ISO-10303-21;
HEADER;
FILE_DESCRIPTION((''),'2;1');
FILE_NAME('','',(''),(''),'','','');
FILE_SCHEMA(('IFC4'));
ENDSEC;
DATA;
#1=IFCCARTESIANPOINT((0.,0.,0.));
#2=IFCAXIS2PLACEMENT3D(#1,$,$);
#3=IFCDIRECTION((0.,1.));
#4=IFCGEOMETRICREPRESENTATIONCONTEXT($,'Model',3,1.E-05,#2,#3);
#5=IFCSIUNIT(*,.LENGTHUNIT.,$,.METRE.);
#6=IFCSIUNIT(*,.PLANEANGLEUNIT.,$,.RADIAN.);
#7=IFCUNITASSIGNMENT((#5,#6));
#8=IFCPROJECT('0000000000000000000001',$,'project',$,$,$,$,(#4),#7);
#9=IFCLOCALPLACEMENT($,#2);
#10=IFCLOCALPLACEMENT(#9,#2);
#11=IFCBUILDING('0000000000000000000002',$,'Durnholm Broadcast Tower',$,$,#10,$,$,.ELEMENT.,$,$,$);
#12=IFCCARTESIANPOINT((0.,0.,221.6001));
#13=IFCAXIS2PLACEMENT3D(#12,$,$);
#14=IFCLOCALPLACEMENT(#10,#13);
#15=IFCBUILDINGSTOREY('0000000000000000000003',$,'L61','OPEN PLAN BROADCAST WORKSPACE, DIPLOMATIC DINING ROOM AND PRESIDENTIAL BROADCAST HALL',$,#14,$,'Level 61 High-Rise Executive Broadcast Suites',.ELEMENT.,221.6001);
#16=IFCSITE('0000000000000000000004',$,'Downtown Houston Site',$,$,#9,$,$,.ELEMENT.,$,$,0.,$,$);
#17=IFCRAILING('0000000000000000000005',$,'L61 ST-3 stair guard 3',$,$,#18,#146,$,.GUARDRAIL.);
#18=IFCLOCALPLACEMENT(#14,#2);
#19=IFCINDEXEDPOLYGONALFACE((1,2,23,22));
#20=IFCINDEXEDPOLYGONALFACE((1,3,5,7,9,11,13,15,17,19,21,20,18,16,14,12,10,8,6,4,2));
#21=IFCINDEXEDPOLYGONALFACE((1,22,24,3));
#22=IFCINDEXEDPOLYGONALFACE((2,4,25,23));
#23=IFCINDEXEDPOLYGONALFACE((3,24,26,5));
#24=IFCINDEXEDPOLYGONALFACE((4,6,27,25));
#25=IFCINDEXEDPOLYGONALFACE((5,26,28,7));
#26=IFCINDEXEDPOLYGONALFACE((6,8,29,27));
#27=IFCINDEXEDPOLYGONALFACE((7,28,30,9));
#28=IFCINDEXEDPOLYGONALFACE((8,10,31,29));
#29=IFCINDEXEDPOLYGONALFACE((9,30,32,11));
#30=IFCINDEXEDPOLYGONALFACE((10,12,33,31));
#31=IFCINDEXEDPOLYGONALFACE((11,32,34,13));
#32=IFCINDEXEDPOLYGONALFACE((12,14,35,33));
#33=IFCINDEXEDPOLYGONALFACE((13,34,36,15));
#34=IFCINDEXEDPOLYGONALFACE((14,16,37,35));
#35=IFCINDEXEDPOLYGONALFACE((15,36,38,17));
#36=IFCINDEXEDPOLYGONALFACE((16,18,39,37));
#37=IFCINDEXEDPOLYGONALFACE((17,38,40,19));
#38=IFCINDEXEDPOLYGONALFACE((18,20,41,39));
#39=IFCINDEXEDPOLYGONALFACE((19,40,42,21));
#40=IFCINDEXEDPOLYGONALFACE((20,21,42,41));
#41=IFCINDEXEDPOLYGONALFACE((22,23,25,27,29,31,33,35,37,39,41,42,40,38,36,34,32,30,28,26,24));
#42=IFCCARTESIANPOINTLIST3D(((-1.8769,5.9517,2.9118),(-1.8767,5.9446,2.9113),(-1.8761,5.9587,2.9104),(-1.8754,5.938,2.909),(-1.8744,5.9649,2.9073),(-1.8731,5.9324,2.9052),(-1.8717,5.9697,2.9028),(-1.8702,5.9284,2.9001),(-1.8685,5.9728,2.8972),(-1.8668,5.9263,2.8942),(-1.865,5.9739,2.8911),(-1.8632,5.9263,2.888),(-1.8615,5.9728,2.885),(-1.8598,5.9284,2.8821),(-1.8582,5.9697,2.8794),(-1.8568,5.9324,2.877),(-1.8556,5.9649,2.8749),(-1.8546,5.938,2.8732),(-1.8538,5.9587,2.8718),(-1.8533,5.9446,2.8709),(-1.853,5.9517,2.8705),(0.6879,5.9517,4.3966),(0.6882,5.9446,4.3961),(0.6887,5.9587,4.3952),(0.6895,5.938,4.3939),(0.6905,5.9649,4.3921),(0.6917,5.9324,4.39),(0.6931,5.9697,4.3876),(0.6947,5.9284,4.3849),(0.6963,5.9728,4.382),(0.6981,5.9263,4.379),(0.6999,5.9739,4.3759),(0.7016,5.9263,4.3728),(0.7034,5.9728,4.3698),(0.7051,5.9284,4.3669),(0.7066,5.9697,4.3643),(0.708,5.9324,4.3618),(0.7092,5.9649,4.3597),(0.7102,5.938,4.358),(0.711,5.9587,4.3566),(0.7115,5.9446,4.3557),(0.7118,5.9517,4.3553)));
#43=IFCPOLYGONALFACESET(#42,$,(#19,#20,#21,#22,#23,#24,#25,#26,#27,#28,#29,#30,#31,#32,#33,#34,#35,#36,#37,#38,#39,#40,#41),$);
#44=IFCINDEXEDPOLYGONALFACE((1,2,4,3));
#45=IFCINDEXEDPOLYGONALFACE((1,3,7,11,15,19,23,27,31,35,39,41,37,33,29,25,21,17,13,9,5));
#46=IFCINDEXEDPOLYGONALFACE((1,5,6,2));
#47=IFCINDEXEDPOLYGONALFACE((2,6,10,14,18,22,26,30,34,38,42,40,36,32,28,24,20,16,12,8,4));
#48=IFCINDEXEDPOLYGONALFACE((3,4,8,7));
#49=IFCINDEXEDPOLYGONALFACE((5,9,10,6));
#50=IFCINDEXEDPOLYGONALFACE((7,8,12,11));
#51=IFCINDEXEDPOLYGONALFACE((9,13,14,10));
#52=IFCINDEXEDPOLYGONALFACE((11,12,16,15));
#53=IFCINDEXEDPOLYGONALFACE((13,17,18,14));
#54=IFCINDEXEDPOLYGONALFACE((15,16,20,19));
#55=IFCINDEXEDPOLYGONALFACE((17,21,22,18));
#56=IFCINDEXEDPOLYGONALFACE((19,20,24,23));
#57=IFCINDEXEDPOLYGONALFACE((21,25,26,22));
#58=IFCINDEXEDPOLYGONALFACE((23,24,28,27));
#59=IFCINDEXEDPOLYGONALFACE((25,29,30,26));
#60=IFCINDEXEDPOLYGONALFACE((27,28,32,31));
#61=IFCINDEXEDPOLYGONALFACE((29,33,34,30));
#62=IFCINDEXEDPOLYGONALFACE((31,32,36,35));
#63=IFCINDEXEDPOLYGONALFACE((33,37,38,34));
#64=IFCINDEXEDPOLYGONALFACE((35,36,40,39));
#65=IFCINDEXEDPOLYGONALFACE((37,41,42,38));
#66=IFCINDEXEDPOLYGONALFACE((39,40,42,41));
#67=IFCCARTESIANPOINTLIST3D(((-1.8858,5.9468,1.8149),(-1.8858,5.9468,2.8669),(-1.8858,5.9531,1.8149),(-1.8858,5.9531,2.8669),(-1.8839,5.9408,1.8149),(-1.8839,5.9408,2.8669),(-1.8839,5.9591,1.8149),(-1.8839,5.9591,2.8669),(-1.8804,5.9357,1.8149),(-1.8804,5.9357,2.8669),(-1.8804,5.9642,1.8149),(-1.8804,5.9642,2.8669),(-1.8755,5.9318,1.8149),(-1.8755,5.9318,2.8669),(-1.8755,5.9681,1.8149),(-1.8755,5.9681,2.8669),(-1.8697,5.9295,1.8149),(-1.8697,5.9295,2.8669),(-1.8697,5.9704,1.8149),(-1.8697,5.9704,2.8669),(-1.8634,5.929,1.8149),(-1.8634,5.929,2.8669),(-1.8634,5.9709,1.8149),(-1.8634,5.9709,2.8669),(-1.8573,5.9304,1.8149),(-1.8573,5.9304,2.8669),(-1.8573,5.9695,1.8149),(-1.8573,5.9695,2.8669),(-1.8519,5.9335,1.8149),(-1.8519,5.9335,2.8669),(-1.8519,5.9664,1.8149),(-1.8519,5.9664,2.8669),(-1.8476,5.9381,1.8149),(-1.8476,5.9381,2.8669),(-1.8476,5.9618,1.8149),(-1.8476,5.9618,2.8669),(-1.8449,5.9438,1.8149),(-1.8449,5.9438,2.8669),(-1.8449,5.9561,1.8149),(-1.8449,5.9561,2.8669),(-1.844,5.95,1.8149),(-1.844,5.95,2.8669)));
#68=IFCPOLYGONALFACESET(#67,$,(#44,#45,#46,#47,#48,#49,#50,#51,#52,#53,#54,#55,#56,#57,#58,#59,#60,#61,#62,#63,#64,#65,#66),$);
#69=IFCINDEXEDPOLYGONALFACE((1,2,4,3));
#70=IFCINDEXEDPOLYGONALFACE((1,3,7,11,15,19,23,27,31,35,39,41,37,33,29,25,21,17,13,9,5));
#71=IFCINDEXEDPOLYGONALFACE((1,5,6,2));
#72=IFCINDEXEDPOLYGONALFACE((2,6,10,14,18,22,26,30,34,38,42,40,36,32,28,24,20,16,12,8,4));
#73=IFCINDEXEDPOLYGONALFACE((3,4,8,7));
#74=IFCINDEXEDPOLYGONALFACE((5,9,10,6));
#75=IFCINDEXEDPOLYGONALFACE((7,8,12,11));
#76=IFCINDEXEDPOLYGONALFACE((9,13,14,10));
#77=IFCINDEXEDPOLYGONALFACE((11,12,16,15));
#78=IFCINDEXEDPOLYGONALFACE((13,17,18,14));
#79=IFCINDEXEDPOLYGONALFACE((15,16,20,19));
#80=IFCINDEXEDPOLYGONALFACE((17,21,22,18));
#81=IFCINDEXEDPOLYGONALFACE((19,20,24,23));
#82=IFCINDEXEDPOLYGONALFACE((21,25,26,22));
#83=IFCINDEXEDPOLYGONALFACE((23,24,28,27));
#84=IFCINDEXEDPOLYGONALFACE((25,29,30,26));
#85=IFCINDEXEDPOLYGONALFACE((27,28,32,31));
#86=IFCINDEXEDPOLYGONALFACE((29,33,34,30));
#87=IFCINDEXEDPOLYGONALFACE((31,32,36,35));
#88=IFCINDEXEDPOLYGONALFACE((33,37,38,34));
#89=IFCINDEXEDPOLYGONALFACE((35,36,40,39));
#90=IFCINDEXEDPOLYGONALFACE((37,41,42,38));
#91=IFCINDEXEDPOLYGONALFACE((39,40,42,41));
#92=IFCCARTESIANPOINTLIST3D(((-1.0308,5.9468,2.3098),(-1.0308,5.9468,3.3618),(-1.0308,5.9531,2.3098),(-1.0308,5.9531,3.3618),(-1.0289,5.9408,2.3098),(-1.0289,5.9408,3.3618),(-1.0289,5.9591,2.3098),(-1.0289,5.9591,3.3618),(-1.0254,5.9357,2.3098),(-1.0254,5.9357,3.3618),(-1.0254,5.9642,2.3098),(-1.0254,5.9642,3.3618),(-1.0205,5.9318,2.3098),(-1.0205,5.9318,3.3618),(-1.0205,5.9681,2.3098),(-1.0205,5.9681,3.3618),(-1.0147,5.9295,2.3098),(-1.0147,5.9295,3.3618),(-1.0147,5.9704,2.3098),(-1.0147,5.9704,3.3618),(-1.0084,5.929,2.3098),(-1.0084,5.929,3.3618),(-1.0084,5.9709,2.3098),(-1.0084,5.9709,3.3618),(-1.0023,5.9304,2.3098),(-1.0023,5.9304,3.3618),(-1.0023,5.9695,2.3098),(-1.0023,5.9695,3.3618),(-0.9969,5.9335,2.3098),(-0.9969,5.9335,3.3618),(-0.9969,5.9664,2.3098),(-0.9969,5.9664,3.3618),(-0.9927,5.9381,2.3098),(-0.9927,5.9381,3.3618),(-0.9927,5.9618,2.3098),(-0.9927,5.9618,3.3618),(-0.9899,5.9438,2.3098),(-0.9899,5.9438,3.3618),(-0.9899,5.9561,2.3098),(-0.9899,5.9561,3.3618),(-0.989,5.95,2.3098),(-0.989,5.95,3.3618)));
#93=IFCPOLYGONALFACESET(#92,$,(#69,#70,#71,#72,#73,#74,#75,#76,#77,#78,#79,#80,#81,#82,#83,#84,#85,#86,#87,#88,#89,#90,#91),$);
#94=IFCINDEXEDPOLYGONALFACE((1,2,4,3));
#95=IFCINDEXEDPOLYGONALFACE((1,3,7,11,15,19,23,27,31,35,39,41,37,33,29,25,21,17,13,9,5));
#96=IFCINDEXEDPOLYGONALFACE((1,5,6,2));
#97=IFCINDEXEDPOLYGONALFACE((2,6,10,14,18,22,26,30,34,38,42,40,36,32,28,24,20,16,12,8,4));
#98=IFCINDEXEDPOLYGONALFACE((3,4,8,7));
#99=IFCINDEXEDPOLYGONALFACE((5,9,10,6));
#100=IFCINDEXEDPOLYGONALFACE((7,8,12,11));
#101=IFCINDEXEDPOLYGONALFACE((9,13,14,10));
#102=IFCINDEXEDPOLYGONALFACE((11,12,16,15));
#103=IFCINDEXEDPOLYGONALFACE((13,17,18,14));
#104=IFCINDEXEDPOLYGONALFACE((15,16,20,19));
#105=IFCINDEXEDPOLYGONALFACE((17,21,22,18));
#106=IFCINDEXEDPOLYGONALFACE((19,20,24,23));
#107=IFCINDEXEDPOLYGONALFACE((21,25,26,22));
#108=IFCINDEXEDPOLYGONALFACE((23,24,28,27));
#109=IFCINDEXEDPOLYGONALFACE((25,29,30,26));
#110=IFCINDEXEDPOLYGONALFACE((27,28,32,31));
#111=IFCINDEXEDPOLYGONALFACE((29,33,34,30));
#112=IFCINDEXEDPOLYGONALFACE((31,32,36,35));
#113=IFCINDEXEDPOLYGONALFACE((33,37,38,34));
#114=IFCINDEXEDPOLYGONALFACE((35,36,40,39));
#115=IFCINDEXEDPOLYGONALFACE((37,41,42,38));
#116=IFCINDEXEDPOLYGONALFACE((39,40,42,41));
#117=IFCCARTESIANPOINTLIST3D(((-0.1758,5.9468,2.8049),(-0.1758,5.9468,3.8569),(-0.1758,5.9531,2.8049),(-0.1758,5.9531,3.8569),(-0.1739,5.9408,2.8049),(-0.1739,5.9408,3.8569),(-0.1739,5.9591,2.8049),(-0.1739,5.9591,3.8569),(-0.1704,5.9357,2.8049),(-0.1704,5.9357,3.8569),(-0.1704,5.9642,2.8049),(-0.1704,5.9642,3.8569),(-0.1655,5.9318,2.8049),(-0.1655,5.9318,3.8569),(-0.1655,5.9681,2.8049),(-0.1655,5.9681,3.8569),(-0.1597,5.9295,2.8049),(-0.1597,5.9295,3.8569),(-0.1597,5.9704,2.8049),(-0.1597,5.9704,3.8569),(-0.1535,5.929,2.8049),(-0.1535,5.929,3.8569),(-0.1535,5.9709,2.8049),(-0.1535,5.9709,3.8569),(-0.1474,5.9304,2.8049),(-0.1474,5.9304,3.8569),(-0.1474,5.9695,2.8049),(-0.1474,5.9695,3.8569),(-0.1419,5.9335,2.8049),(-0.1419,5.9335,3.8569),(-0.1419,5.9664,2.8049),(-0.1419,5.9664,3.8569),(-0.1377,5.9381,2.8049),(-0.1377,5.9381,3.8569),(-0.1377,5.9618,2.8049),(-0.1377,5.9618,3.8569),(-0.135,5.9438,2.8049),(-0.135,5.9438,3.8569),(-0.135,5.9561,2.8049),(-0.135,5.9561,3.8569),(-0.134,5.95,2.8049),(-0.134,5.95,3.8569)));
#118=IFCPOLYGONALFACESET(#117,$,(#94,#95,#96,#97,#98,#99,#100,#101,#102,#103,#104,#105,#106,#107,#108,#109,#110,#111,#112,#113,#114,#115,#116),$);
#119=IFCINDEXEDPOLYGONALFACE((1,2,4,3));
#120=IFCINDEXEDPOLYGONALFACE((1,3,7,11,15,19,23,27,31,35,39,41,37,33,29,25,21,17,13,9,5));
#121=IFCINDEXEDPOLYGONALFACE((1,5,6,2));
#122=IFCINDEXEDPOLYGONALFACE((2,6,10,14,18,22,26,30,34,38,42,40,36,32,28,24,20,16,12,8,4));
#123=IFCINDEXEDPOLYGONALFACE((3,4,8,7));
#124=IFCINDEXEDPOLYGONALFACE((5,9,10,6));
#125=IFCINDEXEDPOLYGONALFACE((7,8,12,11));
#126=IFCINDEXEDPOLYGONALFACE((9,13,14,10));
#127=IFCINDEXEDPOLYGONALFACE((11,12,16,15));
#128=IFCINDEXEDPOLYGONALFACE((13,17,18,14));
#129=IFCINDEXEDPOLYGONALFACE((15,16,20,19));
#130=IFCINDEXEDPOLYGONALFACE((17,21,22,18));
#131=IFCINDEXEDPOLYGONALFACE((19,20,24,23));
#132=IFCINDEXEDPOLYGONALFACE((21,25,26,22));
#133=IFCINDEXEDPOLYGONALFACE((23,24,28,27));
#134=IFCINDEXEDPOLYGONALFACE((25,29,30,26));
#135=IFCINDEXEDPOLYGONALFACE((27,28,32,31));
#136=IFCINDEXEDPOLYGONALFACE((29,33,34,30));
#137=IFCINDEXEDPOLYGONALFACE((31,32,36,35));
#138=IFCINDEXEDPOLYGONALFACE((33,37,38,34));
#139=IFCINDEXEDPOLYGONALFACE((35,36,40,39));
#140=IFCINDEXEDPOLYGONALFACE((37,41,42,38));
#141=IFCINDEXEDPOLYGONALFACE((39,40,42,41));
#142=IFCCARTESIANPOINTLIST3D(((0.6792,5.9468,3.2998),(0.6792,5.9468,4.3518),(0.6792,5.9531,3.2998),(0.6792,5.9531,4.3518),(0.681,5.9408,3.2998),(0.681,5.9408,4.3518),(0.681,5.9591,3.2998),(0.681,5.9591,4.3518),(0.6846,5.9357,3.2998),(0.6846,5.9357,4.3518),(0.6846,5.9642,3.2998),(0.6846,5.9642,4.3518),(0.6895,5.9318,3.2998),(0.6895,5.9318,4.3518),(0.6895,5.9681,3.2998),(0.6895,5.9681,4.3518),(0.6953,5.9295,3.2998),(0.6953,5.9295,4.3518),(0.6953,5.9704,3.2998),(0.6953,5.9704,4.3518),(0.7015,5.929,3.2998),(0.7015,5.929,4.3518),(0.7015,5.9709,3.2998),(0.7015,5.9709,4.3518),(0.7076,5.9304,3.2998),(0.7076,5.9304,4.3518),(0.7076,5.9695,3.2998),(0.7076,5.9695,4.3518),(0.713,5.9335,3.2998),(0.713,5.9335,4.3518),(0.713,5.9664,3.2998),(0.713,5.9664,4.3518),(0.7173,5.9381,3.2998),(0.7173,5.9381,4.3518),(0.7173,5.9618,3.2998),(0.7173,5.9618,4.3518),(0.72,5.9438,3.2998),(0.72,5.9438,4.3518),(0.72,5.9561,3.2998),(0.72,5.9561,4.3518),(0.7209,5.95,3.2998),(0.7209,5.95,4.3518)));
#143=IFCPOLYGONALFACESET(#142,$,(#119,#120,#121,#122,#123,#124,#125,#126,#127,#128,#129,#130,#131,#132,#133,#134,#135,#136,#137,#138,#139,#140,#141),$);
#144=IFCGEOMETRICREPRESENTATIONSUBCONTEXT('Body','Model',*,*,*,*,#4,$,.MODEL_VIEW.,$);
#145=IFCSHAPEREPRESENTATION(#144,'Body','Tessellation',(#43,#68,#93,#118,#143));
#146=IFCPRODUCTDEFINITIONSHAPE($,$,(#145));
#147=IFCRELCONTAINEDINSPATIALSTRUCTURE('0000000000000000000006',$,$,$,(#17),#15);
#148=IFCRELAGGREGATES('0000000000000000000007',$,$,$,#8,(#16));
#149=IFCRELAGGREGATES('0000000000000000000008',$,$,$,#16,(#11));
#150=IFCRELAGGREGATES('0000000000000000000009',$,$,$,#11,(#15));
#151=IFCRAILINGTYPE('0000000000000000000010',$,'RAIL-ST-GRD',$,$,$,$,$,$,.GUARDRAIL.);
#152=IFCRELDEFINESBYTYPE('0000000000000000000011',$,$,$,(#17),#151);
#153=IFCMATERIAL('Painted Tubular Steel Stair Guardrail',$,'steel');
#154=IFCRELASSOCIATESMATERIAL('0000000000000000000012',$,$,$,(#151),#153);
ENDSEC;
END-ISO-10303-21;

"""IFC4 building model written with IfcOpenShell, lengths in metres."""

from ifc_helpers import new_model, si_unit, direction, frame, origin, origin_2d, place, context, subcontext, project, spatial, circle, extrude, material, type_object, element, save


model = new_model("IFC4")

# Units and contexts
model_context = context("Model", 3, precision=1e-05, world=origin(), true_north=direction((0.0, 1.0)))
body_context = subcontext(model_context, "Body", "Model", "MODEL_VIEW")
ifc_project = project(units=[si_unit("LENGTHUNIT", "METRE"), si_unit("PLANEANGLEUNIT", "RADIAN")], contexts=[model_context])

# Site, building, storey
site_placement = place(None, origin())
site = spatial("IfcSite", under=ifc_project, at=site_placement, Name="Downtown Houston Site", CompositionType="ELEMENT", RefElevation=0.0)
building_placement = place(site_placement, origin())
building = spatial("IfcBuilding", under=site, at=building_placement, Name="Durnholm Broadcast Tower", CompositionType="ELEMENT")
storey_placement = place(building_placement, frame((0.0, 0.0, 221.6001)))
storey = spatial("IfcBuildingStorey", under=building, at=storey_placement, Name="L61", Description="OPEN PLAN BROADCAST WORKSPACE, DIPLOMATIC DINING ROOM AND PRESIDENTIAL BROADCAST HALL", LongName="Level 61 High-Rise Executive Broadcast Suites", CompositionType="ELEMENT", Elevation=221.6001)

# Railing
ifc_material_1 = material(Name="Painted Tubular Steel Stair Guardrail", Category="steel")
railing_type_1 = type_object("IfcRailingType", Name="RAIL-ST-GRD", PredefinedType="GUARDRAIL", material=ifc_material_1)
railing_1_placement = place(storey_placement, frame((-1.865, 5.95, 1.8149)))
element("IfcRailing", 1, at=railing_1_placement, inside=storey, type_object=railing_type_1, Name="L61 ST-3 stair guard 3", PredefinedType="GUARDRAIL", context=body_context, shape_type="SweptSolid", body=[
    extrude(circle(Radius=0.0239, at=origin_2d()), frame((0.0, 0.0, 1.0762), z_axis=(0.865441, 0.0, 0.50101), x_axis=(0.0, 1.0, 0.0)), (0.0, 0.0, 1.0), 2.9636),
    extrude(circle(Radius=0.021, at=origin_2d()), origin(), (0.0, 0.0, 1.0), 1.052),
    extrude(circle(Radius=0.021, at=origin_2d()), frame((0.855, 0.0, 0.4949)), (0.0, 0.0, 1.0), 1.052),
    extrude(circle(Radius=0.021, at=origin_2d()), frame((1.71, 0.0, 0.99)), (0.0, 0.0, 1.0), 1.052),
    extrude(circle(Radius=0.021, at=origin_2d()), frame((2.5649, 0.0, 1.4849)), (0.0, 0.0, 1.0), 1.052),
])

save(model, "model.ifc")
